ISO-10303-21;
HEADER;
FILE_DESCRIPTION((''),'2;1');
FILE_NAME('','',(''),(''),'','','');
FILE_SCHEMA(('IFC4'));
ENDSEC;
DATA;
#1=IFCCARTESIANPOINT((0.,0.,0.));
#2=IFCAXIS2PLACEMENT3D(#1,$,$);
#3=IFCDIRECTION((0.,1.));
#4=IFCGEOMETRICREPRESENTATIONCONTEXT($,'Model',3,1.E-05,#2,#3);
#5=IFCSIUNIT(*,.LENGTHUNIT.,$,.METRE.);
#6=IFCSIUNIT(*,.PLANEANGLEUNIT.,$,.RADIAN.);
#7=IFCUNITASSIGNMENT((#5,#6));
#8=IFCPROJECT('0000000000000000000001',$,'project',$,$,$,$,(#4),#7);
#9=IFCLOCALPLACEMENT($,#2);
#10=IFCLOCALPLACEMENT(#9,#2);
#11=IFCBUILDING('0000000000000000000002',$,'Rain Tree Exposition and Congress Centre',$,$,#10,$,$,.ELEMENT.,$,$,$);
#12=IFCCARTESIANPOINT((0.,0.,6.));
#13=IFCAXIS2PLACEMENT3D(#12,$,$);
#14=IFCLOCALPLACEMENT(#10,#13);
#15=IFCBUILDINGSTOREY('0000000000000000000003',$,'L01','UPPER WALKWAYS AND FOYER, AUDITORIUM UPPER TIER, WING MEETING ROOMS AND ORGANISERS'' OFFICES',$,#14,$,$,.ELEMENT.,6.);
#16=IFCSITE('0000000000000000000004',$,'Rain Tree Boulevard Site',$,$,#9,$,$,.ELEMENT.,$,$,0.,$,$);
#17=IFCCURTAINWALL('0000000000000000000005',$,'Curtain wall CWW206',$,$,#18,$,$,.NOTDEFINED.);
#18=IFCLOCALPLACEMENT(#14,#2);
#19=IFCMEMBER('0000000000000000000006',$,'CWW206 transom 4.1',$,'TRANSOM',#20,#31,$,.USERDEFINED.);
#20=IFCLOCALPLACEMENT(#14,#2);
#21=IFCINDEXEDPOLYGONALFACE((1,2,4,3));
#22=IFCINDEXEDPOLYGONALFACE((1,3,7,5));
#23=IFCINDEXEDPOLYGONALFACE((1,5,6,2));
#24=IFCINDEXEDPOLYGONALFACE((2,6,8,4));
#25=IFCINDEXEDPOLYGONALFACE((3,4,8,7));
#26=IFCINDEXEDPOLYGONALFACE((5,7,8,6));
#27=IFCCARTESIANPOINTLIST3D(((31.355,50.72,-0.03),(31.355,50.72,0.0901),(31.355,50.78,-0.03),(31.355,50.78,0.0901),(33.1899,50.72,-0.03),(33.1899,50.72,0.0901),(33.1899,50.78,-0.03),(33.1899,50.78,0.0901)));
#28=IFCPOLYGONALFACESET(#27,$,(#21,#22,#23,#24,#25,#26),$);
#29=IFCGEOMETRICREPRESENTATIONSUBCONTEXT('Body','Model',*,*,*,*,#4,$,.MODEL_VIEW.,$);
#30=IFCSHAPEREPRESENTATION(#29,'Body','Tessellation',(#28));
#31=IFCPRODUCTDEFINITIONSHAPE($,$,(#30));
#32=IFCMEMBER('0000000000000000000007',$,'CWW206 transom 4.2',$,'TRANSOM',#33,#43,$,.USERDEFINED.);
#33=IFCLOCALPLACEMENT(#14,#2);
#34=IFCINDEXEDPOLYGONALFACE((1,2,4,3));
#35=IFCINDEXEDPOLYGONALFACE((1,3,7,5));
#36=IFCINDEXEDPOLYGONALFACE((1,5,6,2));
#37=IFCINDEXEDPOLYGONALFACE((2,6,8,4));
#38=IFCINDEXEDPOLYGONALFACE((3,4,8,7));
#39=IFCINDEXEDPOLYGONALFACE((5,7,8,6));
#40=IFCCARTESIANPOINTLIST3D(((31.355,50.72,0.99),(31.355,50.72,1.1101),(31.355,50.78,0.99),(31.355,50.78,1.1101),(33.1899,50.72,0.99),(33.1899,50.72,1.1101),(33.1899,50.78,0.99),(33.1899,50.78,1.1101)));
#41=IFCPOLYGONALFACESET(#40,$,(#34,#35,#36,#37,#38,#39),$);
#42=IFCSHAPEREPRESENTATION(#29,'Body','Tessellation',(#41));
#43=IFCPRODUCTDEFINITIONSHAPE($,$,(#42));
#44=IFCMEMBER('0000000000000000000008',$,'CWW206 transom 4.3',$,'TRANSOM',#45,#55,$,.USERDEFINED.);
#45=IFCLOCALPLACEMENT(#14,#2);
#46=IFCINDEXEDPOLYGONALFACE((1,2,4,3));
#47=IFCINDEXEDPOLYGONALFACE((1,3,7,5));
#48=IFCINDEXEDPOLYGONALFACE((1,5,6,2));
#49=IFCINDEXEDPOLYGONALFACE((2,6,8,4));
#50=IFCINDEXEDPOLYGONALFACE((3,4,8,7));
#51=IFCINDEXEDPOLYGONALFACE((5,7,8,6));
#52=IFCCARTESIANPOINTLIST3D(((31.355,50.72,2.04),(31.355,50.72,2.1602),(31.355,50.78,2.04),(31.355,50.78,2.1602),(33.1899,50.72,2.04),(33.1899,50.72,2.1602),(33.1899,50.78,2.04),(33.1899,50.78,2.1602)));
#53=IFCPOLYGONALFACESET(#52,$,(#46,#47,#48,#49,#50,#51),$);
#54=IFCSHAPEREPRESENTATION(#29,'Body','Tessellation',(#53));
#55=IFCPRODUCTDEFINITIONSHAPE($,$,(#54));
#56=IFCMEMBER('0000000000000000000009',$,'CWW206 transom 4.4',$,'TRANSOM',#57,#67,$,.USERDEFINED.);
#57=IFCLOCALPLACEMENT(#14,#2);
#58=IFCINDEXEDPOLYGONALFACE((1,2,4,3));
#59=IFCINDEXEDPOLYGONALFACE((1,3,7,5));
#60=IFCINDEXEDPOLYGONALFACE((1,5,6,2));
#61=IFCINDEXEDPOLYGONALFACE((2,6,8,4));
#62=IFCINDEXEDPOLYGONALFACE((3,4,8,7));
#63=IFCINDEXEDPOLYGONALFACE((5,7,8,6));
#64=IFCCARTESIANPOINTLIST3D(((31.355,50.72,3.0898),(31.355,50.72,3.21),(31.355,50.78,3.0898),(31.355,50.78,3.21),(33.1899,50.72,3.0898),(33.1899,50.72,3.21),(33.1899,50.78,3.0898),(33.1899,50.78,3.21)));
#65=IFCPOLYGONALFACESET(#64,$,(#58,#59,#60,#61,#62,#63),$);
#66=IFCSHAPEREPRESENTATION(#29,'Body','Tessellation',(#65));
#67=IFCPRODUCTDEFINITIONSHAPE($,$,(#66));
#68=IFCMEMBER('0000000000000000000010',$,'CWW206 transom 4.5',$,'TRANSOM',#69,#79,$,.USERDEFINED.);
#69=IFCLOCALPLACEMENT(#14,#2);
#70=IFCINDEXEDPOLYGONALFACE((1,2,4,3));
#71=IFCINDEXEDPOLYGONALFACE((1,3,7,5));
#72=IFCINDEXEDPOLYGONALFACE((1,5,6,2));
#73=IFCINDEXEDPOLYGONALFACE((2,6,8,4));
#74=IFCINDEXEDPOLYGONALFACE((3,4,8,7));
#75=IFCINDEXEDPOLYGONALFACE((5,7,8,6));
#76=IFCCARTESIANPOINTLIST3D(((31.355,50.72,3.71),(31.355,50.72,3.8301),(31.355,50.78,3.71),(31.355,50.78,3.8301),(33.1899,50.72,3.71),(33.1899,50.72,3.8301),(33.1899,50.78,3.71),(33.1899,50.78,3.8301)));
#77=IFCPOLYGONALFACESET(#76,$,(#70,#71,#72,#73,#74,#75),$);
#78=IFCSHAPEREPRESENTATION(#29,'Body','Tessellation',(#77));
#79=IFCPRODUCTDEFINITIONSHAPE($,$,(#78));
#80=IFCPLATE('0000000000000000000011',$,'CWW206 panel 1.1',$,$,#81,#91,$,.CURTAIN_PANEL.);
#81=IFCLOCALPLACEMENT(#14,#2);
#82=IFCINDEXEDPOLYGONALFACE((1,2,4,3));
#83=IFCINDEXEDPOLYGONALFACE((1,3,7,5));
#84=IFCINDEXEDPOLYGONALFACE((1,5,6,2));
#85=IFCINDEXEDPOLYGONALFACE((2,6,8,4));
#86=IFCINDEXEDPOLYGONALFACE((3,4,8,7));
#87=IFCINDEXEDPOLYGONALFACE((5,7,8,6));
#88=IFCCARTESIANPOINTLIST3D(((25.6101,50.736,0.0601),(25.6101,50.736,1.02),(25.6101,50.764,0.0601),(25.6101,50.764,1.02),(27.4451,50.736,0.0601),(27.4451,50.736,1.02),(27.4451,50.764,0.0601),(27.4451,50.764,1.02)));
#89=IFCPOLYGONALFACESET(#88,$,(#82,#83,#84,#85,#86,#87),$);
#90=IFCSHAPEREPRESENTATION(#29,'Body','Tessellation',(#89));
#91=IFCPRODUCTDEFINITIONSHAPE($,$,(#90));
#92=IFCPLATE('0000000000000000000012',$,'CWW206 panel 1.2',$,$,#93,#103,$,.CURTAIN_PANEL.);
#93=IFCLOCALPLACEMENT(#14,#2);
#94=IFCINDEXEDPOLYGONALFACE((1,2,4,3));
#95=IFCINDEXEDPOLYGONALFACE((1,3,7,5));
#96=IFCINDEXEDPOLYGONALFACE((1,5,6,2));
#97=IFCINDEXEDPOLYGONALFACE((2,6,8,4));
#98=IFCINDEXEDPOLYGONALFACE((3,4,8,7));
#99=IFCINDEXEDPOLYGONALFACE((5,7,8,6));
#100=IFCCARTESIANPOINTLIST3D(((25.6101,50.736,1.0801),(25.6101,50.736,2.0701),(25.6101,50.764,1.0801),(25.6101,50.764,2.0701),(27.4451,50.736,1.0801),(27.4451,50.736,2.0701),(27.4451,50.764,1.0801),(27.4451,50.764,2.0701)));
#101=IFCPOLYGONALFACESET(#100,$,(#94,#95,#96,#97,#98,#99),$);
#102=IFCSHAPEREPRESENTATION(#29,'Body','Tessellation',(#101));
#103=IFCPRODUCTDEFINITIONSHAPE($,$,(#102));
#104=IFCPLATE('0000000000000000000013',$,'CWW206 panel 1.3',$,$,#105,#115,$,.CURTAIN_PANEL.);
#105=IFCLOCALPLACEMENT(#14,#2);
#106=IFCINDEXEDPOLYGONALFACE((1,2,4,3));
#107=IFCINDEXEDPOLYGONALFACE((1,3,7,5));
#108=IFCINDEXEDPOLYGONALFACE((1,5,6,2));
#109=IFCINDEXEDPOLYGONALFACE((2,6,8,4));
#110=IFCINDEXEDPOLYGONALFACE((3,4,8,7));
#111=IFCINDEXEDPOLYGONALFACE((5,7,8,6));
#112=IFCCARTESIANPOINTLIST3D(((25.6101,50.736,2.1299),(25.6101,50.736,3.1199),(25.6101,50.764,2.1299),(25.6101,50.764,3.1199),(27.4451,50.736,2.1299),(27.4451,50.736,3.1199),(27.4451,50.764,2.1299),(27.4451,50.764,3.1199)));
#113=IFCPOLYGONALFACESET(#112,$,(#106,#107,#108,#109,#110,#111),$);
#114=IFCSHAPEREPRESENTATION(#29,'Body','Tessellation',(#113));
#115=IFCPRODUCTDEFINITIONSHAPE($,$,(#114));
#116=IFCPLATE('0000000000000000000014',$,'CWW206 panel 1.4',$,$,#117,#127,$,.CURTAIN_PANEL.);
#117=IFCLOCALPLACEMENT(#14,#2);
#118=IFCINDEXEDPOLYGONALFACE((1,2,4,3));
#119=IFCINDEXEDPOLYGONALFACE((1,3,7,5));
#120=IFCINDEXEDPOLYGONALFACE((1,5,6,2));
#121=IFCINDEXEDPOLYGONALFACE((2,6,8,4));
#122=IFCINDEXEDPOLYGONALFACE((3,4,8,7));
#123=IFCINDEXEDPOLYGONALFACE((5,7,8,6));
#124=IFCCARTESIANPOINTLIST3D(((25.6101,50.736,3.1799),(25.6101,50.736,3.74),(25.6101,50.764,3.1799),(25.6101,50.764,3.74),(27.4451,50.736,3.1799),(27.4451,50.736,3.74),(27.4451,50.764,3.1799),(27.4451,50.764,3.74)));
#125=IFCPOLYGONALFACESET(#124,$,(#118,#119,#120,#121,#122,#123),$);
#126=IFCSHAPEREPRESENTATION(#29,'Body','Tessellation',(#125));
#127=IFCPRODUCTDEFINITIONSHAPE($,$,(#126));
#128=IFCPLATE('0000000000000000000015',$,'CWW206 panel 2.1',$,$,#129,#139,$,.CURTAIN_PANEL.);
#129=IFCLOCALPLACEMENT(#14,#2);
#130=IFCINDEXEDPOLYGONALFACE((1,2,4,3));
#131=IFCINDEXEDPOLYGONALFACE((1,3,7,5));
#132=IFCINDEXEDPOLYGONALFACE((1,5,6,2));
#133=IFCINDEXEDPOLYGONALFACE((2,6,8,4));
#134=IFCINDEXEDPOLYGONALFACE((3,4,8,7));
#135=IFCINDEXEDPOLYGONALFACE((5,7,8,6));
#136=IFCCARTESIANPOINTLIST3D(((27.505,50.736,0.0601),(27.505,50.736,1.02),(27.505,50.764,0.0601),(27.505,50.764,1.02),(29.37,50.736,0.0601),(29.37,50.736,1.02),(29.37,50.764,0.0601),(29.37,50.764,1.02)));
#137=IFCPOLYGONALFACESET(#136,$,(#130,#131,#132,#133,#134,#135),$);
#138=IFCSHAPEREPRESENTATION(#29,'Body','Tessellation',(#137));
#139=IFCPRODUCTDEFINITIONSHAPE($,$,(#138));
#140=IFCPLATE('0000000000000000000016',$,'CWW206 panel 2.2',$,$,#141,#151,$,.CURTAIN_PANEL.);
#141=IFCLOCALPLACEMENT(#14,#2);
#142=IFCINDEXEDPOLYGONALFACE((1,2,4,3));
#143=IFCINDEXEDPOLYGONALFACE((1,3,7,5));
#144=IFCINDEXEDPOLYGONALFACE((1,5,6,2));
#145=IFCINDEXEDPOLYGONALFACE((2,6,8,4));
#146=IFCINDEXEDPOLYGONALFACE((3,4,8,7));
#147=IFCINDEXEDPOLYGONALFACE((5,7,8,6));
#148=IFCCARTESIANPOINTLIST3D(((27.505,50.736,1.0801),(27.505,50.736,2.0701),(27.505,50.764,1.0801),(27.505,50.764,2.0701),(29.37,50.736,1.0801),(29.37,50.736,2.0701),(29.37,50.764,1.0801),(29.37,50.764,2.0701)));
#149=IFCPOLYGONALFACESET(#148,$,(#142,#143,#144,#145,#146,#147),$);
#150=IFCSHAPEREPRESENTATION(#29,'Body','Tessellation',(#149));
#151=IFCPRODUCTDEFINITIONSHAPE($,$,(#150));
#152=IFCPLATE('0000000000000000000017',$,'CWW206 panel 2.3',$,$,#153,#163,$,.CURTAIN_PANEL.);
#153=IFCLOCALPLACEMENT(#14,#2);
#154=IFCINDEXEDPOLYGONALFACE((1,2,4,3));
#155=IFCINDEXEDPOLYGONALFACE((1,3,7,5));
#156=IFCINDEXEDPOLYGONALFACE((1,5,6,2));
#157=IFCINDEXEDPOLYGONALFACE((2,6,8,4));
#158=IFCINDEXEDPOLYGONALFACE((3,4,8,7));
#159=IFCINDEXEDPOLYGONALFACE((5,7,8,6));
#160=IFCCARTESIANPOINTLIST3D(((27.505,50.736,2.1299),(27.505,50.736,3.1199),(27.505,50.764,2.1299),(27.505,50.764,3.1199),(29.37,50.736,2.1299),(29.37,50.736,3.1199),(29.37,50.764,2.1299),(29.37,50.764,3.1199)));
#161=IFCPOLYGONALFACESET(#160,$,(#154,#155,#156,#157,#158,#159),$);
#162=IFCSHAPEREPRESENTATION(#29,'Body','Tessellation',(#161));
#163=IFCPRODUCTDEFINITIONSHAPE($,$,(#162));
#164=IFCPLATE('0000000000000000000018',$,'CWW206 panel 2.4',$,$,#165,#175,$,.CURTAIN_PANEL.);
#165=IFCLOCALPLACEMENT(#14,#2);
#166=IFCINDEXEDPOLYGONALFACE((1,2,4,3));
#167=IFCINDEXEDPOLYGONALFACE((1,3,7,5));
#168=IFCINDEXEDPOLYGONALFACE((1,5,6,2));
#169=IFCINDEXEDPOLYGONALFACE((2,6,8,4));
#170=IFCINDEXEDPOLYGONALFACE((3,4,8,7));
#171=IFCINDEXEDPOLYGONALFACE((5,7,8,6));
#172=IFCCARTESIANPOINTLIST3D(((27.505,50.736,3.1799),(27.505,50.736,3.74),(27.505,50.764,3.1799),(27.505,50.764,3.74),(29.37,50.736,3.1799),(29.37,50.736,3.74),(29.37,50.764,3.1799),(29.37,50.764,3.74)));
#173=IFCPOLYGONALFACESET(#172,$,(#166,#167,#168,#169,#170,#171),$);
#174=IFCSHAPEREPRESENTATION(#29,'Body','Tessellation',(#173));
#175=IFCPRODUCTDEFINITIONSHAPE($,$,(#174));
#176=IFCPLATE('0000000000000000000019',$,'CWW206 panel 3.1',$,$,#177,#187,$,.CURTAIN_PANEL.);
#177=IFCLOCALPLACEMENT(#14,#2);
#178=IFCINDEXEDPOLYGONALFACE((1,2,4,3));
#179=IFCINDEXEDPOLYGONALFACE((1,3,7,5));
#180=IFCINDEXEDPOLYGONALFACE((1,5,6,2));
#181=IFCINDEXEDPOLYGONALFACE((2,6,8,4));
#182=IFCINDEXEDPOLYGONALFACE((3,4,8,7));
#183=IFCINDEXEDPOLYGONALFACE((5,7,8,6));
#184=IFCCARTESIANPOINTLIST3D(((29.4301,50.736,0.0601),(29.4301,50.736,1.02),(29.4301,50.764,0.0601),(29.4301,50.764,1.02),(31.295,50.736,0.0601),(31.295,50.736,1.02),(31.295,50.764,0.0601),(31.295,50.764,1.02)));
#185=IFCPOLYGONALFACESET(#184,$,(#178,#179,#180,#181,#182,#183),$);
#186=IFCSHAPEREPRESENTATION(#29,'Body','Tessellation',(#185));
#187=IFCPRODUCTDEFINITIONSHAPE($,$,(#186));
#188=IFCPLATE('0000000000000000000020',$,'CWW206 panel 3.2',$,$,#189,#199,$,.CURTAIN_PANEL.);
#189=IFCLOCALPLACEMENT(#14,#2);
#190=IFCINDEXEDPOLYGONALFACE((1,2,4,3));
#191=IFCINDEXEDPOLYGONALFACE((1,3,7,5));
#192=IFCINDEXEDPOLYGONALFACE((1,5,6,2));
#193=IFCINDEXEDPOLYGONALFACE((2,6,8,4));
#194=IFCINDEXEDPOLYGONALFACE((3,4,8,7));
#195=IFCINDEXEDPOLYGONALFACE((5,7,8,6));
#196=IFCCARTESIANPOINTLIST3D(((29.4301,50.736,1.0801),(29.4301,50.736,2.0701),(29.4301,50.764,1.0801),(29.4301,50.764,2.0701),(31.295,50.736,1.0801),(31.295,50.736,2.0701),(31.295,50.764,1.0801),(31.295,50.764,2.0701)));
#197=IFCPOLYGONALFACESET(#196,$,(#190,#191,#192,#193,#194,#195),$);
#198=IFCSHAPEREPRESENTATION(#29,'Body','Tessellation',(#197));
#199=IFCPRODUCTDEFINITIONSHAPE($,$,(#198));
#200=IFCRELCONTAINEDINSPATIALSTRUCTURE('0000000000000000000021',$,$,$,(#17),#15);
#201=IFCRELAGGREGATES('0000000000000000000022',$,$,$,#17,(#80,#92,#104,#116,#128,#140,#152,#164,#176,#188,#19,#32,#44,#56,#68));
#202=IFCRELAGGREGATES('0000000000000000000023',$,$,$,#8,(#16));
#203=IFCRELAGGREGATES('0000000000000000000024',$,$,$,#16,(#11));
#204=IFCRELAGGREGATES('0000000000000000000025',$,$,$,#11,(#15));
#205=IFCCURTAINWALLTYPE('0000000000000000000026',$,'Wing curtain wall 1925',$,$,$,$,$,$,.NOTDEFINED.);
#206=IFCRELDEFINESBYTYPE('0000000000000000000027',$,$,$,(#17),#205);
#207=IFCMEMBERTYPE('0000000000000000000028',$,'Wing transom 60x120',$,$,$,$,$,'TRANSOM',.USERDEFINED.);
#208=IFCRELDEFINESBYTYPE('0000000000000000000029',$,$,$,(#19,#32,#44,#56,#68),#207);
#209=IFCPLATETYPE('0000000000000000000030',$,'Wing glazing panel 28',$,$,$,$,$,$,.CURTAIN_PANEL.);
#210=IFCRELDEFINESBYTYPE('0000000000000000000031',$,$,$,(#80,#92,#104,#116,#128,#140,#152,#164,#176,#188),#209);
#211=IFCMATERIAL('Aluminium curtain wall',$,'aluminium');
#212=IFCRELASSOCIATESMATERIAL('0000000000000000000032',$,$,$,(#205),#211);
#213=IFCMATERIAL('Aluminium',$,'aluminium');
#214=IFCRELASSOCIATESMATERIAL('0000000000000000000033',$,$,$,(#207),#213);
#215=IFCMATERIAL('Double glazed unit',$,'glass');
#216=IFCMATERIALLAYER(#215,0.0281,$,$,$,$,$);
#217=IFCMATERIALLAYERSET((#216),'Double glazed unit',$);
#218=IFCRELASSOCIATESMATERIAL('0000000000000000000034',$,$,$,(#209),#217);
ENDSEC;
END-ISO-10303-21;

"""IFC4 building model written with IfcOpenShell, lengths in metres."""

from ifc_helpers import new_model, si_unit, direction, frame, origin, origin_2d, place, context, subcontext, project, spatial, rectangle, extrude, material, layer, layer_set, material_profile, profile_set, type_object, element, aggregate, save


model = new_model("IFC4")

# Units and contexts
model_context = context("Model", 3, precision=1e-05, world=origin(), true_north=direction((0.0, 1.0)))
body_context = subcontext(model_context, "Body", "Model", "MODEL_VIEW")
ifc_project = project(units=[si_unit("LENGTHUNIT", "METRE"), si_unit("PLANEANGLEUNIT", "RADIAN")], contexts=[model_context])

# Site, building, storey
site_placement = place(None, origin())
site = spatial("IfcSite", under=ifc_project, at=site_placement, Name="Rain Tree Boulevard Site", CompositionType="ELEMENT", RefElevation=0.0)
building_placement = place(site_placement, origin())
building = spatial("IfcBuilding", under=site, at=building_placement, Name="Rain Tree Exposition and Congress Centre", CompositionType="ELEMENT")
storey_placement = place(building_placement, frame((0.0, 0.0, 6.0)))
storey = spatial("IfcBuildingStorey", under=building, at=storey_placement, Name="L01", Description="UPPER WALKWAYS AND FOYER, AUDITORIUM UPPER TIER, WING MEETING ROOMS AND ORGANISERS' OFFICES", CompositionType="ELEMENT", Elevation=6.0)

# Curtain wall
ifc_material_1 = material(Name="Aluminium curtain wall", Category="aluminium")
curtain_wall_type = type_object("IfcCurtainWallType", Name="Wing curtain wall 1925", PredefinedType="NOTDEFINED", material=ifc_material_1)
curtain_wall_1_placement = place(storey_placement, origin())
curtain_wall_1 = element("IfcCurtainWall", 1, at=curtain_wall_1_placement, inside=storey, type_object=curtain_wall_type, Name="Curtain wall CWW206", PredefinedType="NOTDEFINED")

# Members
ifc_material_2 = material(Name="Aluminium", Category="aluminium")
ifc_material_profile_1 = material_profile(ifc_material_2, rectangle(XDim=0.0601, YDim=0.1201, at=origin_2d()), Name="Aluminium 60x120")
ifc_profile_set_1 = profile_set([ifc_material_profile_1], Name="Aluminium")
member_type_1 = type_object("IfcMemberType", Name="Wing transom 60x120", ElementType="TRANSOM", PredefinedType="USERDEFINED", material=ifc_profile_set_1)
member_1_placement = place(storey_placement, frame((31.355, 50.75, 0.03), z_axis=(1.0, 0.0, 0.0), x_axis=(0.0, 1.0, 0.0)))
member_1 = element("IfcMember", 2, at=member_1_placement, type_object=member_type_1, Name="CWW206 transom 4.1", ObjectType="TRANSOM", PredefinedType="USERDEFINED", context=body_context, shape_type="SweptSolid", body=[
    extrude(rectangle(XDim=0.0601, YDim=0.1201, at=origin_2d()), origin(), (0.0, 0.0, 1.0), 1.835),
])
member_2_placement = place(storey_placement, frame((31.355, 50.75, 1.05), z_axis=(1.0, 0.0, 0.0), x_axis=(0.0, 1.0, 0.0)))
member_2 = element("IfcMember", 3, at=member_2_placement, type_object=member_type_1, Name="CWW206 transom 4.2", ObjectType="TRANSOM", PredefinedType="USERDEFINED", context=body_context, shape_type="SweptSolid", body=[
    extrude(rectangle(XDim=0.0601, YDim=0.1201, at=origin_2d()), origin(), (0.0, 0.0, 1.0), 1.835),
])
member_3_placement = place(storey_placement, frame((31.355, 50.75, 2.1001), z_axis=(1.0, 0.0, 0.0), x_axis=(0.0, 1.0, 0.0)))
member_3 = element("IfcMember", 4, at=member_3_placement, type_object=member_type_1, Name="CWW206 transom 4.3", ObjectType="TRANSOM", PredefinedType="USERDEFINED", context=body_context, shape_type="SweptSolid", body=[
    extrude(rectangle(XDim=0.0601, YDim=0.1201, at=origin_2d()), origin(), (0.0, 0.0, 1.0), 1.835),
])
member_4_placement = place(storey_placement, frame((31.355, 50.75, 3.1499), z_axis=(1.0, 0.0, 0.0), x_axis=(0.0, 1.0, 0.0)))
member_4 = element("IfcMember", 5, at=member_4_placement, type_object=member_type_1, Name="CWW206 transom 4.4", ObjectType="TRANSOM", PredefinedType="USERDEFINED", context=body_context, shape_type="SweptSolid", body=[
    extrude(rectangle(XDim=0.0601, YDim=0.1201, at=origin_2d()), origin(), (0.0, 0.0, 1.0), 1.835),
])
member_5_placement = place(storey_placement, frame((31.355, 50.75, 3.77), z_axis=(1.0, 0.0, 0.0), x_axis=(0.0, 1.0, 0.0)))
member_5 = element("IfcMember", 6, at=member_5_placement, type_object=member_type_1, Name="CWW206 transom 4.5", ObjectType="TRANSOM", PredefinedType="USERDEFINED", context=body_context, shape_type="SweptSolid", body=[
    extrude(rectangle(XDim=0.0601, YDim=0.1201, at=origin_2d()), origin(), (0.0, 0.0, 1.0), 1.835),
])

# Plates
ifc_material_3 = material(Name="Double glazed unit", Category="glass")
ifc_layer = layer(ifc_material_3, 0.0281)
ifc_layer_set = layer_set([ifc_layer], Name="Double glazed unit")
plate_type = type_object("IfcPlateType", Name="Wing glazing panel 28", PredefinedType="CURTAIN_PANEL", material=ifc_layer_set)
plate_1_placement = place(storey_placement, frame((26.5276, 50.75, 0.0601), z_axis=(0.0, 0.0, 1.0), x_axis=(1.0, 0.0, 0.0)))
plate_1 = element("IfcPlate", 7, at=plate_1_placement, type_object=plate_type, Name="CWW206 panel 1.1", PredefinedType="CURTAIN_PANEL", context=body_context, shape_type="SweptSolid", body=[
    extrude(rectangle(XDim=1.835, YDim=0.0281, at=origin_2d()), origin(), (0.0, 0.0, 1.0), 0.96),
])
plate_2_placement = place(storey_placement, frame((26.5276, 50.75, 1.0801), z_axis=(0.0, 0.0, 1.0), x_axis=(1.0, 0.0, 0.0)))
plate_2 = element("IfcPlate", 8, at=plate_2_placement, type_object=plate_type, Name="CWW206 panel 1.2", PredefinedType="CURTAIN_PANEL", context=body_context, shape_type="SweptSolid", body=[
    extrude(rectangle(XDim=1.835, YDim=0.0281, at=origin_2d()), origin(), (0.0, 0.0, 1.0), 0.99),
])
plate_3_placement = place(storey_placement, frame((26.5276, 50.75, 2.1299), z_axis=(0.0, 0.0, 1.0), x_axis=(1.0, 0.0, 0.0)))
plate_3 = element("IfcPlate", 9, at=plate_3_placement, type_object=plate_type, Name="CWW206 panel 1.3", PredefinedType="CURTAIN_PANEL", context=body_context, shape_type="SweptSolid", body=[
    extrude(rectangle(XDim=1.835, YDim=0.0281, at=origin_2d()), origin(), (0.0, 0.0, 1.0), 0.99),
])
plate_4_placement = place(storey_placement, frame((26.5276, 50.75, 3.1799), z_axis=(0.0, 0.0, 1.0), x_axis=(1.0, 0.0, 0.0)))
plate_4 = element("IfcPlate", 10, at=plate_4_placement, type_object=plate_type, Name="CWW206 panel 1.4", PredefinedType="CURTAIN_PANEL", context=body_context, shape_type="SweptSolid", body=[
    extrude(rectangle(XDim=1.835, YDim=0.0281, at=origin_2d()), origin(), (0.0, 0.0, 1.0), 0.5601),
])
plate_5_placement = place(storey_placement, frame((28.4375, 50.75, 0.0601), z_axis=(0.0, 0.0, 1.0), x_axis=(1.0, 0.0, 0.0)))
plate_5 = element("IfcPlate", 11, at=plate_5_placement, type_object=plate_type, Name="CWW206 panel 2.1", PredefinedType="CURTAIN_PANEL", context=body_context, shape_type="SweptSolid", body=[
    extrude(rectangle(XDim=1.865, YDim=0.0281, at=origin_2d()), origin(), (0.0, 0.0, 1.0), 0.96),
])
plate_6_placement = place(storey_placement, frame((28.4375, 50.75, 1.0801), z_axis=(0.0, 0.0, 1.0), x_axis=(1.0, 0.0, 0.0)))
plate_6 = element("IfcPlate", 12, at=plate_6_placement, type_object=plate_type, Name="CWW206 panel 2.2", PredefinedType="CURTAIN_PANEL", context=body_context, shape_type="SweptSolid", body=[
    extrude(rectangle(XDim=1.865, YDim=0.0281, at=origin_2d()), origin(), (0.0, 0.0, 1.0), 0.99),
])
plate_7_placement = place(storey_placement, frame((28.4375, 50.75, 2.1299), z_axis=(0.0, 0.0, 1.0), x_axis=(1.0, 0.0, 0.0)))
plate_7 = element("IfcPlate", 13, at=plate_7_placement, type_object=plate_type, Name="CWW206 panel 2.3", PredefinedType="CURTAIN_PANEL", context=body_context, shape_type="SweptSolid", body=[
    extrude(rectangle(XDim=1.865, YDim=0.0281, at=origin_2d()), origin(), (0.0, 0.0, 1.0), 0.99),
])
plate_8_placement = place(storey_placement, frame((28.4375, 50.75, 3.1799), z_axis=(0.0, 0.0, 1.0), x_axis=(1.0, 0.0, 0.0)))
plate_8 = element("IfcPlate", 14, at=plate_8_placement, type_object=plate_type, Name="CWW206 panel 2.4", PredefinedType="CURTAIN_PANEL", context=body_context, shape_type="SweptSolid", body=[
    extrude(rectangle(XDim=1.865, YDim=0.0281, at=origin_2d()), origin(), (0.0, 0.0, 1.0), 0.5601),
])
plate_9_placement = place(storey_placement, frame((30.3625, 50.75, 0.0601), z_axis=(0.0, 0.0, 1.0), x_axis=(1.0, 0.0, 0.0)))
plate_9 = element("IfcPlate", 15, at=plate_9_placement, type_object=plate_type, Name="CWW206 panel 3.1", PredefinedType="CURTAIN_PANEL", context=body_context, shape_type="SweptSolid", body=[
    extrude(rectangle(XDim=1.865, YDim=0.0281, at=origin_2d()), origin(), (0.0, 0.0, 1.0), 0.96),
])
plate_10_placement = place(storey_placement, frame((30.3625, 50.75, 1.0801), z_axis=(0.0, 0.0, 1.0), x_axis=(1.0, 0.0, 0.0)))
plate_10 = element("IfcPlate", 16, at=plate_10_placement, type_object=plate_type, Name="CWW206 panel 3.2", PredefinedType="CURTAIN_PANEL", context=body_context, shape_type="SweptSolid", body=[
    extrude(rectangle(XDim=1.865, YDim=0.0281, at=origin_2d()), origin(), (0.0, 0.0, 1.0), 0.99),
])
aggregate(curtain_wall_1, [plate_1, plate_2, plate_3, plate_4, plate_5, plate_6, plate_7, plate_8, plate_9, plate_10, member_1, member_2, member_3, member_4, member_5])

save(model, "model.ifc")
